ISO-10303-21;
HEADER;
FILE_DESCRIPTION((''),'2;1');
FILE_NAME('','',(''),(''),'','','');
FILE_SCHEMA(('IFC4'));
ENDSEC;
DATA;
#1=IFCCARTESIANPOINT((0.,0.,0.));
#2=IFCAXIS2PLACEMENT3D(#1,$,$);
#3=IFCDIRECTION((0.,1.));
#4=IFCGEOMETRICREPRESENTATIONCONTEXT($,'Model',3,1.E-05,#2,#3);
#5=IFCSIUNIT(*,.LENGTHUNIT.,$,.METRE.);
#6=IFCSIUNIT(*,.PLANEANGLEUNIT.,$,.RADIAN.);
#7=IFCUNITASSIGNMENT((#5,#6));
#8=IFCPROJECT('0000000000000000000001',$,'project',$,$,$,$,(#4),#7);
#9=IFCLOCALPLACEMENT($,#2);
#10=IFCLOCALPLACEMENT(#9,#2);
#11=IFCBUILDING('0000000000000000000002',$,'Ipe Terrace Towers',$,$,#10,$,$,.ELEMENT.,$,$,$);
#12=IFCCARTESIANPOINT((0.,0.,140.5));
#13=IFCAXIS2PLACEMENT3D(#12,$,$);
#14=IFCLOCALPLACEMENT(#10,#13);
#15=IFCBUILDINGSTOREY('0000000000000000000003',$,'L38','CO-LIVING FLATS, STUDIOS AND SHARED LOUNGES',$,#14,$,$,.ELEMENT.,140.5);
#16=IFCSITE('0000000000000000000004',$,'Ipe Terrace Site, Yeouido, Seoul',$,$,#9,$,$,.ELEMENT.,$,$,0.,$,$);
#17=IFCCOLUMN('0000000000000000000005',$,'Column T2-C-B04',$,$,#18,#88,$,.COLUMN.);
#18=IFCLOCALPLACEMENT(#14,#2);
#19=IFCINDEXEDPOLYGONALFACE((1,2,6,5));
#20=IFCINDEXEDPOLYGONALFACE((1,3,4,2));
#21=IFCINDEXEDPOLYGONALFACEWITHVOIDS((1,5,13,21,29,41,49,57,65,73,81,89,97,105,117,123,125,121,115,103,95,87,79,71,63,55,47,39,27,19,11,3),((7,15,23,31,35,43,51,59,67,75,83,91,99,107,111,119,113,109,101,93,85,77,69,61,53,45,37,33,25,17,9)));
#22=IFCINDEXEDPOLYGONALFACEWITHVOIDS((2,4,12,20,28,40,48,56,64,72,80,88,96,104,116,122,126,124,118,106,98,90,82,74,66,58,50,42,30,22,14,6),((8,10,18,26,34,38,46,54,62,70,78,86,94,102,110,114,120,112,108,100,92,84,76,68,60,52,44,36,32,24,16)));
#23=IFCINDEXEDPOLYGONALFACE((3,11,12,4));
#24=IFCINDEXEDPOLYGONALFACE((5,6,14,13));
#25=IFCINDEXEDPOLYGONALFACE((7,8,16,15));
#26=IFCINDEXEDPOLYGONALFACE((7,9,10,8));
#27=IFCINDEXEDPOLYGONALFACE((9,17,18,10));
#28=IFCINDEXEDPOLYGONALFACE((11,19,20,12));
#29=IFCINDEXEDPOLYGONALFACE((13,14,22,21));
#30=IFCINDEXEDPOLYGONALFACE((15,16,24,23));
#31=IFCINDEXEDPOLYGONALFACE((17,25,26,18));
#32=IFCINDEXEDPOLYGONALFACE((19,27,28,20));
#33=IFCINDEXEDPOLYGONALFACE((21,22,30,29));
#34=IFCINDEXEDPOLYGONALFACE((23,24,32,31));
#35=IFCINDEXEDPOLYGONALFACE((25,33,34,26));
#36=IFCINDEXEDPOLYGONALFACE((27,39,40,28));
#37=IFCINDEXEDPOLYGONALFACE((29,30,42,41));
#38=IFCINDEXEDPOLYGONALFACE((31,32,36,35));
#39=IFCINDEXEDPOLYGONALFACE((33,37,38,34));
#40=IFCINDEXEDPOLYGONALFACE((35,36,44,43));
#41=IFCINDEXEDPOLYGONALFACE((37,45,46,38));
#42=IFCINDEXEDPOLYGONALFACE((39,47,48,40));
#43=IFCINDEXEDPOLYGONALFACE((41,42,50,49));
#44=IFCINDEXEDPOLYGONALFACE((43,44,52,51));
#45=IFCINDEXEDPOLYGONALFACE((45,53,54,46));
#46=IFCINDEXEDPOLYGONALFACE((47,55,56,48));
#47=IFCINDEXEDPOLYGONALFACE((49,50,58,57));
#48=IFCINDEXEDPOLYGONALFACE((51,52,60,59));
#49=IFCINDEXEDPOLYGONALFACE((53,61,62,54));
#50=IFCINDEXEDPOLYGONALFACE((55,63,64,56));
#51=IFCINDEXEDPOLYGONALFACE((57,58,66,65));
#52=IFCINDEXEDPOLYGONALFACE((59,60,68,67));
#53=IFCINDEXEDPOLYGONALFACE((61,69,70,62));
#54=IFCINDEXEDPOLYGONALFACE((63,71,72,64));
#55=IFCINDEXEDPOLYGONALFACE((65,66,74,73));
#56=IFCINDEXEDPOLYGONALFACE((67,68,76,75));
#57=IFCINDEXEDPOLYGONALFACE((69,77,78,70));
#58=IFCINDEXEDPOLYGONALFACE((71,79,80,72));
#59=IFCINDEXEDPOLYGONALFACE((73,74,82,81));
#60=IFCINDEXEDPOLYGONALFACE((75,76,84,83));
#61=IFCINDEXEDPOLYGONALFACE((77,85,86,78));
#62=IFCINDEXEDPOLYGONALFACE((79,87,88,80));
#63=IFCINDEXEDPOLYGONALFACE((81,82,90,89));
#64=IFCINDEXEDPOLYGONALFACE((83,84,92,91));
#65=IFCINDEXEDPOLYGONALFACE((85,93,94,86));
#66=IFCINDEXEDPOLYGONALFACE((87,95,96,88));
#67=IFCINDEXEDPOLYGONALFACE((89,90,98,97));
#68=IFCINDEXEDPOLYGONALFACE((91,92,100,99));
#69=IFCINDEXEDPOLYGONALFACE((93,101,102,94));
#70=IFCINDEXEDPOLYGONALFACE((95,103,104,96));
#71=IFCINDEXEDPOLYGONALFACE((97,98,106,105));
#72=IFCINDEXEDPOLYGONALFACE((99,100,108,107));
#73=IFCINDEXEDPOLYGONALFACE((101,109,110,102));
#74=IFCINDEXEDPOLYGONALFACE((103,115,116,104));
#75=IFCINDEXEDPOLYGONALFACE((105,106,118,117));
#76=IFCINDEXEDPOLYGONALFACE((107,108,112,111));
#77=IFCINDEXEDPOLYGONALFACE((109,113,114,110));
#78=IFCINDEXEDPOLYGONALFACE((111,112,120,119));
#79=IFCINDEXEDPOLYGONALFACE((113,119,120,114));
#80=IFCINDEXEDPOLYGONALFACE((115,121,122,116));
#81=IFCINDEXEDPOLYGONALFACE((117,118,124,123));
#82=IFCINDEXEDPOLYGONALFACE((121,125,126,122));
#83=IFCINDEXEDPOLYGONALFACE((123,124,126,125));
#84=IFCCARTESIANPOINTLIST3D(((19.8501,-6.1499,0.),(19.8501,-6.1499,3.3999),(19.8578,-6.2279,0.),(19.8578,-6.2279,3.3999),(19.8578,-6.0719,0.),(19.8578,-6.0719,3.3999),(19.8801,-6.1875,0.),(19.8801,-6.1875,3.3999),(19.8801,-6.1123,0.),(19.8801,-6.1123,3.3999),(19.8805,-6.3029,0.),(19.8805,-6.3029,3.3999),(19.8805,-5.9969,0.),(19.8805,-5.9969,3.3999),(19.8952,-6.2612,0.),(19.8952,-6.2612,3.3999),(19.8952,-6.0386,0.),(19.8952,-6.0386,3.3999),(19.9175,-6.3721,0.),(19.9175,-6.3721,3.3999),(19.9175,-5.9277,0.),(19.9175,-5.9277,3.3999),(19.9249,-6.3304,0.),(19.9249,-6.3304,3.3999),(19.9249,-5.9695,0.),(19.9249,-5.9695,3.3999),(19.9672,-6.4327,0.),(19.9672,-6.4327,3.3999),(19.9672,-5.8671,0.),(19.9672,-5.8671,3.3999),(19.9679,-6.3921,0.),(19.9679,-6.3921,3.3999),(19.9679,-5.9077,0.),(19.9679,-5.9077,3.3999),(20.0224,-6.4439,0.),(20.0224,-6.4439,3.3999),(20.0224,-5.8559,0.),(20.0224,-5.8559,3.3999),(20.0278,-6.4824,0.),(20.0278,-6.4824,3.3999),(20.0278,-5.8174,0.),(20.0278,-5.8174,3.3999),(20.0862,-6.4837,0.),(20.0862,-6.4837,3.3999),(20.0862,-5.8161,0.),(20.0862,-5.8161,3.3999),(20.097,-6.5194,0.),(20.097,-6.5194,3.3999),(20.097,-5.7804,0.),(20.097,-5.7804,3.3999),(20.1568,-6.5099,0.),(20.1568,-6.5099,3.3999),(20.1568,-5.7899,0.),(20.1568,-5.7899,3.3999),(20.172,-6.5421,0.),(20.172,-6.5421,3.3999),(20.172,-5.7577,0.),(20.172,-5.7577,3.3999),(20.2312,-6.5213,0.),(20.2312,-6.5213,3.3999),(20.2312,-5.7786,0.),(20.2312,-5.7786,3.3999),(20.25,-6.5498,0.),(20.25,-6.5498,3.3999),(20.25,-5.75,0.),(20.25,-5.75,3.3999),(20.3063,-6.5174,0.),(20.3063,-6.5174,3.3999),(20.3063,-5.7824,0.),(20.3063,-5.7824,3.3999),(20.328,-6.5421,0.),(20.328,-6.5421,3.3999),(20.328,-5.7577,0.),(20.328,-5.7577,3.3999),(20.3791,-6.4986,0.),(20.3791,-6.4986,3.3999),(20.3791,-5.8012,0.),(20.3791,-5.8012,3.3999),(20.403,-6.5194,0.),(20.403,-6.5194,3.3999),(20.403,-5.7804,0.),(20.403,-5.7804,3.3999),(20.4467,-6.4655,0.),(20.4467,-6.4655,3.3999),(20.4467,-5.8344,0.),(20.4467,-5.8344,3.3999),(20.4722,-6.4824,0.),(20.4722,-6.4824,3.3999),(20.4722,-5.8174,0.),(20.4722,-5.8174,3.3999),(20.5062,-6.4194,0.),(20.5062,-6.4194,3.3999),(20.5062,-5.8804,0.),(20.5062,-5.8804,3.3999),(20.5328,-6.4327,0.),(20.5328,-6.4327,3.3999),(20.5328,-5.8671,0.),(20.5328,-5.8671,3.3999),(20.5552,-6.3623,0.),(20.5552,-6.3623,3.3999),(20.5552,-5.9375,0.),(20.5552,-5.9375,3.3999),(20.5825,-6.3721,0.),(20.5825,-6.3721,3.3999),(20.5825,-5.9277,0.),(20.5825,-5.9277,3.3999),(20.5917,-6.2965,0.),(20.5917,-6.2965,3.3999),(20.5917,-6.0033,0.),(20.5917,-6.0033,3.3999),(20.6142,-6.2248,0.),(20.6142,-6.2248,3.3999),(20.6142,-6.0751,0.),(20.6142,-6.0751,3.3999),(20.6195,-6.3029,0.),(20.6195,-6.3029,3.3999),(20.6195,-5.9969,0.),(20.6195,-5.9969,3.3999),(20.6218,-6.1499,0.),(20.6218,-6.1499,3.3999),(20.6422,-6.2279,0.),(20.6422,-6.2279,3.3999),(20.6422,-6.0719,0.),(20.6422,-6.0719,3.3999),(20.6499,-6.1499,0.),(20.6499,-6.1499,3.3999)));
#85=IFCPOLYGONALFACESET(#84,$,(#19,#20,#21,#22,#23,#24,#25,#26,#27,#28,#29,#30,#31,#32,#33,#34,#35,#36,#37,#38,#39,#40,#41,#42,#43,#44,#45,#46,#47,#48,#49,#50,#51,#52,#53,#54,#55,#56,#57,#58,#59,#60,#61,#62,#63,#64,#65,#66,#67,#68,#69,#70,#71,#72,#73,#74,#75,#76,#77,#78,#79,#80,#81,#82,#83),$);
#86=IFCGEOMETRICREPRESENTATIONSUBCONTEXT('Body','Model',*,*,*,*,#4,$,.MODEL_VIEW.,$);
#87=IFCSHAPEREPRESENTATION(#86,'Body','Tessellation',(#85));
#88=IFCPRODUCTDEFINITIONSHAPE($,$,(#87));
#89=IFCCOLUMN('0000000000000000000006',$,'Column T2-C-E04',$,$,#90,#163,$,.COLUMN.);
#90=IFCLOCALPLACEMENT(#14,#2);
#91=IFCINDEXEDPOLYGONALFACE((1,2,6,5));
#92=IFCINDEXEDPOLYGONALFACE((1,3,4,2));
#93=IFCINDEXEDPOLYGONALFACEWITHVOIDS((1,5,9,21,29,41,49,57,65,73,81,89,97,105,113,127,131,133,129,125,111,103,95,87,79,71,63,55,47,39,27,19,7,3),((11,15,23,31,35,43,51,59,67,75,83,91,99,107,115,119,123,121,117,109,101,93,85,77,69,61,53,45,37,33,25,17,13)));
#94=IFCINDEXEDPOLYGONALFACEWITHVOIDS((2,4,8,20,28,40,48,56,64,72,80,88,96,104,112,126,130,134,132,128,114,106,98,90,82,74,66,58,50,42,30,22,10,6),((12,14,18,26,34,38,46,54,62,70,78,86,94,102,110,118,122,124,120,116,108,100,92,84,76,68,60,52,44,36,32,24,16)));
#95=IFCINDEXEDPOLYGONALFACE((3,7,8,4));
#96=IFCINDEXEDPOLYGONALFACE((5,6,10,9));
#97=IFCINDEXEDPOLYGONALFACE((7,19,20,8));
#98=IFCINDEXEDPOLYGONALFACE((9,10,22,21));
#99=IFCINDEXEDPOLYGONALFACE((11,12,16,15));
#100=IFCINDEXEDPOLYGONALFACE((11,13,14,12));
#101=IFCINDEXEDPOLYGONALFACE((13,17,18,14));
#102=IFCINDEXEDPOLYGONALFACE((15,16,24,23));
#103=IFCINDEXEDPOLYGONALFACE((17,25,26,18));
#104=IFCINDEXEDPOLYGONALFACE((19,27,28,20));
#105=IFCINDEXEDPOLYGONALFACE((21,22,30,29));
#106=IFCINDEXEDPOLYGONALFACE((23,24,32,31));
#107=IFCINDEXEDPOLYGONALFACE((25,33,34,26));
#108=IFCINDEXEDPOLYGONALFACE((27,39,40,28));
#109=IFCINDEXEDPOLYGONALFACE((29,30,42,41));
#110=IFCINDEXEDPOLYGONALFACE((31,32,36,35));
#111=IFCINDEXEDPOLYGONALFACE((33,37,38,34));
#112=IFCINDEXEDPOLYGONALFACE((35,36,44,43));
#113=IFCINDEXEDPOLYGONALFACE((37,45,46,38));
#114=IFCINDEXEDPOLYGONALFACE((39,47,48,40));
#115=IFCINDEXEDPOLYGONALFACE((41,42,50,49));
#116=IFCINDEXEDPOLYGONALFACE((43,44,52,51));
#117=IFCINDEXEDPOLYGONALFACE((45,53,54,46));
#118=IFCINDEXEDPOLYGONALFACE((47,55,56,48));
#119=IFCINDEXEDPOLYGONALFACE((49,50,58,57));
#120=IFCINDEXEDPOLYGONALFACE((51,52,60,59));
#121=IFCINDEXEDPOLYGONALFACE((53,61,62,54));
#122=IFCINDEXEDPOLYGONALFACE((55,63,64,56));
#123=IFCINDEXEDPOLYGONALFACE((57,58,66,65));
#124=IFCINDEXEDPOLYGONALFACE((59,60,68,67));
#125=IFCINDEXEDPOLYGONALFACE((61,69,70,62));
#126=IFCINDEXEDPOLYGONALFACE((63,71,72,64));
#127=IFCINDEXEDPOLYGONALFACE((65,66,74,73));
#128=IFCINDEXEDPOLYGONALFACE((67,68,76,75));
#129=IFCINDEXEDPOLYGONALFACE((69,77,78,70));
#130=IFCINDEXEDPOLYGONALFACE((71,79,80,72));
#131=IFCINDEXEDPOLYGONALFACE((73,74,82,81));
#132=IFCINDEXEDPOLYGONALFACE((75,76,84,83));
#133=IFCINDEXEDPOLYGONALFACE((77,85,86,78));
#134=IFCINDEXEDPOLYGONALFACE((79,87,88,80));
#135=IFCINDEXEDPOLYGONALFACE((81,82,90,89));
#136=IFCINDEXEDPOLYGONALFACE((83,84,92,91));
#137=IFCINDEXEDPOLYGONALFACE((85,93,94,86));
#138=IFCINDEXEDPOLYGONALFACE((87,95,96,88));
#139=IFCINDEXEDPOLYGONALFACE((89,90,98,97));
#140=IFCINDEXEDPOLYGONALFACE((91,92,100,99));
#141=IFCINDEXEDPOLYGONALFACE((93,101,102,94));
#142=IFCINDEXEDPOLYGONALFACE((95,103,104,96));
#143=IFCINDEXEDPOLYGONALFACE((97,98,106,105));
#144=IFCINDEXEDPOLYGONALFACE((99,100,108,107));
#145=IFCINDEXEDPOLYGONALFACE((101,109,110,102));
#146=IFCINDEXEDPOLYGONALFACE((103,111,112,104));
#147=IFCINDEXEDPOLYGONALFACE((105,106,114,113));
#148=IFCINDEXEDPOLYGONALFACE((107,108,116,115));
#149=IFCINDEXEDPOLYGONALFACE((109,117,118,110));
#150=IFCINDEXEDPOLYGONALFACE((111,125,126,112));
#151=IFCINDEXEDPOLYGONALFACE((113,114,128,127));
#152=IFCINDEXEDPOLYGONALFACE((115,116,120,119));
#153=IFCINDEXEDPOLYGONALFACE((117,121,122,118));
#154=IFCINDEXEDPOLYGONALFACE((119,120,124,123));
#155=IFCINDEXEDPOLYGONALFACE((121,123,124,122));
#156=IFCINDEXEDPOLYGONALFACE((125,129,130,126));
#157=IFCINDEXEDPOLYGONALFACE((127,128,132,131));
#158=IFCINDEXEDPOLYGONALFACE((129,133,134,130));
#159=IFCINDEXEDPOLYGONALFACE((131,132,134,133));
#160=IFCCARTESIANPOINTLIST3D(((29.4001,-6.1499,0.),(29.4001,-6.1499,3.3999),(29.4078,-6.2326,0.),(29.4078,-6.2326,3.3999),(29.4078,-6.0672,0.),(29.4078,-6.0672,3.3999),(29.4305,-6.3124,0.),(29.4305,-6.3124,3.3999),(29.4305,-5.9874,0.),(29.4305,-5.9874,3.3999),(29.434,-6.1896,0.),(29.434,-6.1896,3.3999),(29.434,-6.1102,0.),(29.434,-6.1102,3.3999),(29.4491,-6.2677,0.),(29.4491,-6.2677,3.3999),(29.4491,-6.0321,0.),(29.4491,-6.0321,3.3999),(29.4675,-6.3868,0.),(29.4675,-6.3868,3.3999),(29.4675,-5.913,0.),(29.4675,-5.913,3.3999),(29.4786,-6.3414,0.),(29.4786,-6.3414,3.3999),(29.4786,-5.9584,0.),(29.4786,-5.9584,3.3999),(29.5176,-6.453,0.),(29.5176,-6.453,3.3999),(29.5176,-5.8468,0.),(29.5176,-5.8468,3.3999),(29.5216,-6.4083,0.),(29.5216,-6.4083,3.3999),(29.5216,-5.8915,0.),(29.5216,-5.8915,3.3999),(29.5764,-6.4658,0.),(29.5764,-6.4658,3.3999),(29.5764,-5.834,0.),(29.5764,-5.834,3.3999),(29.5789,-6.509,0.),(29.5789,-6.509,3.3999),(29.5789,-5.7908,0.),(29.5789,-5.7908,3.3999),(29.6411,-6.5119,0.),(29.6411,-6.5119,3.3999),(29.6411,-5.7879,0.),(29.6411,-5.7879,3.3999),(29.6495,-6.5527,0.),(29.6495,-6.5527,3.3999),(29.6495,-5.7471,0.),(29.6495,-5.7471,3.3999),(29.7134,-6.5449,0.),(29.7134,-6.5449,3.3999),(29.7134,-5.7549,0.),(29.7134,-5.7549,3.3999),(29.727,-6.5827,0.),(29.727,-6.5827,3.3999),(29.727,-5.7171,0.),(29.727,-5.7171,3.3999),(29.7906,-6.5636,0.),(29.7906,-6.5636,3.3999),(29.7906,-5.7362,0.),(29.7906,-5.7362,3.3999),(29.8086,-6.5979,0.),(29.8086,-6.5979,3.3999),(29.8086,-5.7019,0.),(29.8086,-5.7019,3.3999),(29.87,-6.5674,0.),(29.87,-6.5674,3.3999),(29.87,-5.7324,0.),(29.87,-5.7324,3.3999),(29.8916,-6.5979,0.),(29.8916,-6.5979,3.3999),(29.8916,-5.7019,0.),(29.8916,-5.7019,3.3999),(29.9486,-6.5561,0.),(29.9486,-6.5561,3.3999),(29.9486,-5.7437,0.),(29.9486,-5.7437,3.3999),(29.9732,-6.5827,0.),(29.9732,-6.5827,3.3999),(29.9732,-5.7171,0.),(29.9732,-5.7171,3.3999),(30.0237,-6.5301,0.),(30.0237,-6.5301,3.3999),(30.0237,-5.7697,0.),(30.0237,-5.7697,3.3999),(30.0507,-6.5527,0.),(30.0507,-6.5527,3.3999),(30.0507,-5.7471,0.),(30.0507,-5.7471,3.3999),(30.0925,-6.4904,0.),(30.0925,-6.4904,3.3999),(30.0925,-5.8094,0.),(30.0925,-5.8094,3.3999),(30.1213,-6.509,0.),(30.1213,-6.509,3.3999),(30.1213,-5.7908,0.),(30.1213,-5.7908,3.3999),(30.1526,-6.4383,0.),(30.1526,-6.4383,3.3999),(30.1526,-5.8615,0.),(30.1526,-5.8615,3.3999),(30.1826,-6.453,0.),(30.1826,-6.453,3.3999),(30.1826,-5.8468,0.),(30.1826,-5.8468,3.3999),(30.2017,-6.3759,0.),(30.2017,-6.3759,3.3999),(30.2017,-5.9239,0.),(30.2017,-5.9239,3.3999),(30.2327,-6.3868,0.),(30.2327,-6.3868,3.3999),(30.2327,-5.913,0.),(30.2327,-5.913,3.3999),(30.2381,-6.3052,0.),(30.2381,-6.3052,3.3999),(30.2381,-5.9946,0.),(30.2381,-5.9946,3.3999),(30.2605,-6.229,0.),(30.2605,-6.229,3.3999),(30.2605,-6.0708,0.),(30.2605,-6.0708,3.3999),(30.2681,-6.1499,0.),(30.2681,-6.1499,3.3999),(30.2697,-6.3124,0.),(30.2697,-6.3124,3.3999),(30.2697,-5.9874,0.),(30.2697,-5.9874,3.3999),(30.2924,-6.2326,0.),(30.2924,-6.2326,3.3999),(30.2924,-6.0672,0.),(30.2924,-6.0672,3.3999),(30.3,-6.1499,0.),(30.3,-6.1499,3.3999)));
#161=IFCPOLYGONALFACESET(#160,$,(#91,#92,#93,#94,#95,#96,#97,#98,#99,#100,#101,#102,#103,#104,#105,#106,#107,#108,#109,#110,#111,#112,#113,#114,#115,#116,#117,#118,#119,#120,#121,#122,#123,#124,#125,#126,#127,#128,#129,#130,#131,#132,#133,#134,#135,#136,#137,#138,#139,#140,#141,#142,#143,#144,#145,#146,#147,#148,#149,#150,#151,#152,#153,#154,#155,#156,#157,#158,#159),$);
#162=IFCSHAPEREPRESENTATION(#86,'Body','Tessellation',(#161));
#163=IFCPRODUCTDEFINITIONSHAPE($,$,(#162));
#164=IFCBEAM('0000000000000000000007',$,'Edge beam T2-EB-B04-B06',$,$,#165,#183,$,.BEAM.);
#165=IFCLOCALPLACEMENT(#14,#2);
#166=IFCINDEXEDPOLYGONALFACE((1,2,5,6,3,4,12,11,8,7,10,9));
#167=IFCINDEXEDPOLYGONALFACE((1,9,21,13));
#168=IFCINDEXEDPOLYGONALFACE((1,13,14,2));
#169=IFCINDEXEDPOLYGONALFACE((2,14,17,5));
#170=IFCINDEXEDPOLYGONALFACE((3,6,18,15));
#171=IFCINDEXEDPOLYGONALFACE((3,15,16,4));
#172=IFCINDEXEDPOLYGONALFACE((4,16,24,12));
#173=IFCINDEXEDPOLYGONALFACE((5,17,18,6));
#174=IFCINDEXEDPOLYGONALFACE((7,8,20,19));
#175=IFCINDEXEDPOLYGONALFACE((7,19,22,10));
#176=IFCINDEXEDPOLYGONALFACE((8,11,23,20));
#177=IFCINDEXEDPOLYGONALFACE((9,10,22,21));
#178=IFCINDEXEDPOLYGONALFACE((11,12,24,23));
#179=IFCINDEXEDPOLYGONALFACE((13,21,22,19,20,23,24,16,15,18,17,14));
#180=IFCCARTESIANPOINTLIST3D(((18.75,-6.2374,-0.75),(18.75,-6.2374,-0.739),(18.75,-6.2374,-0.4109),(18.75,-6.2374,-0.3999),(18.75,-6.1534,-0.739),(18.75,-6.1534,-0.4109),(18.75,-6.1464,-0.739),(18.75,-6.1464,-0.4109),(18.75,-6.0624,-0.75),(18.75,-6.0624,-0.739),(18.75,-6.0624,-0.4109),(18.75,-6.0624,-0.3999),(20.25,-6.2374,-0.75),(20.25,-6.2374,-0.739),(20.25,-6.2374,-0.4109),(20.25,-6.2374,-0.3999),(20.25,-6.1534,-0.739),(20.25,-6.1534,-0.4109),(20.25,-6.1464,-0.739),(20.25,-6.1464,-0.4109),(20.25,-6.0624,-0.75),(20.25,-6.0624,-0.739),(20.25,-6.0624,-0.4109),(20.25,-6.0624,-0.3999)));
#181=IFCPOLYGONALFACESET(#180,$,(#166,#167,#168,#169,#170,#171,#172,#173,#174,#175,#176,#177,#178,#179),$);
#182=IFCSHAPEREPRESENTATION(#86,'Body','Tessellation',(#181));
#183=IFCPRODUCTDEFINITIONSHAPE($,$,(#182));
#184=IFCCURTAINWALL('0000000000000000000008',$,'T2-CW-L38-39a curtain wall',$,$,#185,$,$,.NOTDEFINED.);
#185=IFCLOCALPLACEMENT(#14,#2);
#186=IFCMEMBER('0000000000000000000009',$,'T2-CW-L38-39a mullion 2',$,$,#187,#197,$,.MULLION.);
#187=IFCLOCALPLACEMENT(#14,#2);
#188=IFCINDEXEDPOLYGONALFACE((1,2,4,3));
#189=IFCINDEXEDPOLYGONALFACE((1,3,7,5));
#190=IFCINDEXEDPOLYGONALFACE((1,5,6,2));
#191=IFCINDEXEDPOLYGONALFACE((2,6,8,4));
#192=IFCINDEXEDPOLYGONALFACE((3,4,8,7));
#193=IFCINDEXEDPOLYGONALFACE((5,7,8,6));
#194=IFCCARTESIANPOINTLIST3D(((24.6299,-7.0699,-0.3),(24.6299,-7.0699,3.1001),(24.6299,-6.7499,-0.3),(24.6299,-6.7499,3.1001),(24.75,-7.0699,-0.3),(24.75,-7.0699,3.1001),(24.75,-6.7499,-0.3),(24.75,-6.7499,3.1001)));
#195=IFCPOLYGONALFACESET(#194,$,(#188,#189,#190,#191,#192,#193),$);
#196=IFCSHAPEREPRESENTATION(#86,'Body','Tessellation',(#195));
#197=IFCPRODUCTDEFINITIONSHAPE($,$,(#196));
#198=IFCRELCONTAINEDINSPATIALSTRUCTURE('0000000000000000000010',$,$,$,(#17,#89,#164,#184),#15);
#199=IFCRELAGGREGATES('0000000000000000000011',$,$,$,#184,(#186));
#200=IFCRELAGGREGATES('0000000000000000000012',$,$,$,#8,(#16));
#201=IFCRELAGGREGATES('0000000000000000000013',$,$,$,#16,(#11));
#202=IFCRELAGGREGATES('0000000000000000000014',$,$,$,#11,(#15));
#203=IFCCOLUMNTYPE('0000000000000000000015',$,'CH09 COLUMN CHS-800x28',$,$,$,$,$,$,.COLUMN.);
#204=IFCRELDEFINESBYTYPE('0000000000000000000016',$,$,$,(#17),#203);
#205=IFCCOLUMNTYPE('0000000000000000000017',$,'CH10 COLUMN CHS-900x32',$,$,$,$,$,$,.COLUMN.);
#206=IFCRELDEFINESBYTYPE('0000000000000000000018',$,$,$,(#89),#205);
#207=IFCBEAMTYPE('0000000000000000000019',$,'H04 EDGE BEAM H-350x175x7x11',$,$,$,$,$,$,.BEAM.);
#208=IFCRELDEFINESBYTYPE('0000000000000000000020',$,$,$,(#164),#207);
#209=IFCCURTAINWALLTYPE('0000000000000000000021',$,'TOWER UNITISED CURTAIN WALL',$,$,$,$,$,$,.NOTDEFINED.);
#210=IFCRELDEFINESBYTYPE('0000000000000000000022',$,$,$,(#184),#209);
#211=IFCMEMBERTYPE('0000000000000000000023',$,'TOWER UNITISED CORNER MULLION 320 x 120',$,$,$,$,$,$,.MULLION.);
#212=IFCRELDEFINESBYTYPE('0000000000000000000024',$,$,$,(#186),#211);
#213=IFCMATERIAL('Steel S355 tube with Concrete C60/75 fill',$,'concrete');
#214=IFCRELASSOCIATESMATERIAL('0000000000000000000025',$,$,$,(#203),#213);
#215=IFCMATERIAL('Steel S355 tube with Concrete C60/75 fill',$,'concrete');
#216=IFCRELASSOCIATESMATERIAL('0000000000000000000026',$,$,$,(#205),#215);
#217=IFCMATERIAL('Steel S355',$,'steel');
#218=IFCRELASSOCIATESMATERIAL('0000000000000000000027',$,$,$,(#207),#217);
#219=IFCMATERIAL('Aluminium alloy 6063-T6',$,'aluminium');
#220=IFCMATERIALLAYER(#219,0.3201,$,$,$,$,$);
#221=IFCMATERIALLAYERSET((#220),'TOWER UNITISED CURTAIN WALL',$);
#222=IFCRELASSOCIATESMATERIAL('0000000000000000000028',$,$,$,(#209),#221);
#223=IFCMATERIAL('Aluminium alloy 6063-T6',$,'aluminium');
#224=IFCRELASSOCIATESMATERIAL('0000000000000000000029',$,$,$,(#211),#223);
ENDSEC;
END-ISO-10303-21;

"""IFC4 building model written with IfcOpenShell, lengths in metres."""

from ifc_helpers import new_model, si_unit, direction, frame, origin, origin_2d, place, context, subcontext, project, spatial, rectangle, hollow_circle, i_section, extrude, material, layer, layer_set, material_profile, profile_set, type_object, element, aggregate, save


model = new_model("IFC4")

# Units and contexts
model_context = context("Model", 3, precision=1e-05, world=origin(), true_north=direction((0.0, 1.0)))
body_context = subcontext(model_context, "Body", "Model", "MODEL_VIEW")
ifc_project = project(units=[si_unit("LENGTHUNIT", "METRE"), si_unit("PLANEANGLEUNIT", "RADIAN")], contexts=[model_context])

# Site, building, storey
site_placement = place(None, origin())
site = spatial("IfcSite", under=ifc_project, at=site_placement, Name="Ipe Terrace Site, Yeouido, Seoul", CompositionType="ELEMENT", RefElevation=0.0)
building_placement = place(site_placement, origin())
building = spatial("IfcBuilding", under=site, at=building_placement, Name="Ipe Terrace Towers", CompositionType="ELEMENT")
storey_placement = place(building_placement, frame((0.0, 0.0, 140.5)))
storey = spatial("IfcBuildingStorey", under=building, at=storey_placement, Name="L38", Description="CO-LIVING FLATS, STUDIOS AND SHARED LOUNGES", CompositionType="ELEMENT", Elevation=140.5)

# Columns
ifc_material_1 = material(Name="Steel S355 tube with Concrete C60/75 fill", Category="concrete")
ifc_material_profile_1 = material_profile(ifc_material_1, hollow_circle(Radius=0.3999, WallThickness=0.0281, at=origin_2d()), Name="CHS-800x28")
ifc_profile_set_1 = profile_set([ifc_material_profile_1], Name="Steel S355 tube with Concrete C60/75 fill")
column_type_1 = type_object("IfcColumnType", Name="CH09 COLUMN CHS-800x28", PredefinedType="COLUMN", material=ifc_profile_set_1)
column_1_placement = place(storey_placement, frame((20.25, -6.1499, 0.0), z_axis=(0.0, 0.0, 1.0), x_axis=(1.0, 0.0, 0.0)))
element("IfcColumn", 1, at=column_1_placement, inside=storey, type_object=column_type_1, Name="Column T2-C-B04", PredefinedType="COLUMN", context=body_context, shape_type="SweptSolid", body=[
    extrude(hollow_circle(Radius=0.3999, WallThickness=0.0281, at=origin_2d()), origin(), (0.0, 0.0, 1.0), 3.3999),
])
ifc_material_2 = material(Name="Steel S355 tube with Concrete C60/75 fill", Category="concrete")
ifc_material_profile_2 = material_profile(ifc_material_2, hollow_circle(Radius=0.45, WallThickness=0.032, at=origin_2d()), Name="CHS-900x32")
ifc_profile_set_2 = profile_set([ifc_material_profile_2], Name="Steel S355 tube with Concrete C60/75 fill")
column_type_2 = type_object("IfcColumnType", Name="CH10 COLUMN CHS-900x32", PredefinedType="COLUMN", material=ifc_profile_set_2)
column_2_placement = place(storey_placement, frame((29.8501, -6.1499, 0.0), z_axis=(0.0, 0.0, 1.0), x_axis=(1.0, 0.0, 0.0)))
element("IfcColumn", 2, at=column_2_placement, inside=storey, type_object=column_type_2, Name="Column T2-C-E04", PredefinedType="COLUMN", context=body_context, shape_type="SweptSolid", body=[
    extrude(hollow_circle(Radius=0.45, WallThickness=0.032, at=origin_2d()), origin(), (0.0, 0.0, 1.0), 3.3999),
])

# Beam
ifc_material_3 = material(Name="Steel S355", Category="steel")
ifc_material_profile_3 = material_profile(ifc_material_3, i_section(OverallWidth=0.175, OverallDepth=0.3501, WebThickness=0.0071, FlangeThickness=0.011, at=origin_2d()), Name="H-350x175x7x11")
ifc_profile_set_3 = profile_set([ifc_material_profile_3], Name="Steel S355")
beam_type = type_object("IfcBeamType", Name="H04 EDGE BEAM H-350x175x7x11", PredefinedType="BEAM", material=ifc_profile_set_3)
beam_placement = place(storey_placement, frame((20.25, -6.1499, -0.575), z_axis=(-1.0, 0.0, 0.0), x_axis=(0.0, -1.0, 0.0)))
element("IfcBeam", 3, at=beam_placement, inside=storey, type_object=beam_type, Name="Edge beam T2-EB-B04-B06", PredefinedType="BEAM", context=body_context, shape_type="SweptSolid", body=[
    extrude(i_section(OverallWidth=0.175, OverallDepth=0.3501, WebThickness=0.0071, FlangeThickness=0.011, at=origin_2d()), origin(), (0.0, 0.0, 1.0), 1.5),
])

# Curtain wall, member
ifc_material_4 = material(Name="Aluminium alloy 6063-T6", Category="aluminium")
ifc_layer_1 = layer(ifc_material_4, 0.3201)
ifc_layer_set_1 = layer_set([ifc_layer_1], Name="TOWER UNITISED CURTAIN WALL")
curtain_wall_type = type_object("IfcCurtainWallType", Name="TOWER UNITISED CURTAIN WALL", PredefinedType="NOTDEFINED", material=ifc_layer_set_1)
curtain_wall_1_placement = place(storey_placement, origin())
curtain_wall_1 = element("IfcCurtainWall", 4, at=curtain_wall_1_placement, inside=storey, type_object=curtain_wall_type, Name="T2-CW-L38-39a curtain wall", PredefinedType="NOTDEFINED")
ifc_material_5 = material(Name="Aluminium alloy 6063-T6", Category="aluminium")
ifc_material_profile_4 = material_profile(ifc_material_5, rectangle(XDim=0.3201, YDim=0.1201, at=origin_2d()), Name="TOWER UNITISED CORNER MULLION 320 x 120")
ifc_profile_set_4 = profile_set([ifc_material_profile_4], Name="Aluminium alloy 6063-T6")
member_type = type_object("IfcMemberType", Name="TOWER UNITISED CORNER MULLION 320 x 120", PredefinedType="MULLION", material=ifc_profile_set_4)
member_1_placement = place(storey_placement, frame((24.6899, -6.9099, -0.3), z_axis=(0.0, 0.0, 1.0), x_axis=(0.0, -1.0, 0.0)))
member_1 = element("IfcMember", 5, at=member_1_placement, type_object=member_type, Name="T2-CW-L38-39a mullion 2", PredefinedType="MULLION", context=body_context, shape_type="SweptSolid", body=[
    extrude(rectangle(XDim=0.3201, YDim=0.1201, at=origin_2d()), origin(), (0.0, 0.0, 1.0), 3.4001),
])

aggregate(curtain_wall_1, [member_1])

save(model, "model.ifc")
